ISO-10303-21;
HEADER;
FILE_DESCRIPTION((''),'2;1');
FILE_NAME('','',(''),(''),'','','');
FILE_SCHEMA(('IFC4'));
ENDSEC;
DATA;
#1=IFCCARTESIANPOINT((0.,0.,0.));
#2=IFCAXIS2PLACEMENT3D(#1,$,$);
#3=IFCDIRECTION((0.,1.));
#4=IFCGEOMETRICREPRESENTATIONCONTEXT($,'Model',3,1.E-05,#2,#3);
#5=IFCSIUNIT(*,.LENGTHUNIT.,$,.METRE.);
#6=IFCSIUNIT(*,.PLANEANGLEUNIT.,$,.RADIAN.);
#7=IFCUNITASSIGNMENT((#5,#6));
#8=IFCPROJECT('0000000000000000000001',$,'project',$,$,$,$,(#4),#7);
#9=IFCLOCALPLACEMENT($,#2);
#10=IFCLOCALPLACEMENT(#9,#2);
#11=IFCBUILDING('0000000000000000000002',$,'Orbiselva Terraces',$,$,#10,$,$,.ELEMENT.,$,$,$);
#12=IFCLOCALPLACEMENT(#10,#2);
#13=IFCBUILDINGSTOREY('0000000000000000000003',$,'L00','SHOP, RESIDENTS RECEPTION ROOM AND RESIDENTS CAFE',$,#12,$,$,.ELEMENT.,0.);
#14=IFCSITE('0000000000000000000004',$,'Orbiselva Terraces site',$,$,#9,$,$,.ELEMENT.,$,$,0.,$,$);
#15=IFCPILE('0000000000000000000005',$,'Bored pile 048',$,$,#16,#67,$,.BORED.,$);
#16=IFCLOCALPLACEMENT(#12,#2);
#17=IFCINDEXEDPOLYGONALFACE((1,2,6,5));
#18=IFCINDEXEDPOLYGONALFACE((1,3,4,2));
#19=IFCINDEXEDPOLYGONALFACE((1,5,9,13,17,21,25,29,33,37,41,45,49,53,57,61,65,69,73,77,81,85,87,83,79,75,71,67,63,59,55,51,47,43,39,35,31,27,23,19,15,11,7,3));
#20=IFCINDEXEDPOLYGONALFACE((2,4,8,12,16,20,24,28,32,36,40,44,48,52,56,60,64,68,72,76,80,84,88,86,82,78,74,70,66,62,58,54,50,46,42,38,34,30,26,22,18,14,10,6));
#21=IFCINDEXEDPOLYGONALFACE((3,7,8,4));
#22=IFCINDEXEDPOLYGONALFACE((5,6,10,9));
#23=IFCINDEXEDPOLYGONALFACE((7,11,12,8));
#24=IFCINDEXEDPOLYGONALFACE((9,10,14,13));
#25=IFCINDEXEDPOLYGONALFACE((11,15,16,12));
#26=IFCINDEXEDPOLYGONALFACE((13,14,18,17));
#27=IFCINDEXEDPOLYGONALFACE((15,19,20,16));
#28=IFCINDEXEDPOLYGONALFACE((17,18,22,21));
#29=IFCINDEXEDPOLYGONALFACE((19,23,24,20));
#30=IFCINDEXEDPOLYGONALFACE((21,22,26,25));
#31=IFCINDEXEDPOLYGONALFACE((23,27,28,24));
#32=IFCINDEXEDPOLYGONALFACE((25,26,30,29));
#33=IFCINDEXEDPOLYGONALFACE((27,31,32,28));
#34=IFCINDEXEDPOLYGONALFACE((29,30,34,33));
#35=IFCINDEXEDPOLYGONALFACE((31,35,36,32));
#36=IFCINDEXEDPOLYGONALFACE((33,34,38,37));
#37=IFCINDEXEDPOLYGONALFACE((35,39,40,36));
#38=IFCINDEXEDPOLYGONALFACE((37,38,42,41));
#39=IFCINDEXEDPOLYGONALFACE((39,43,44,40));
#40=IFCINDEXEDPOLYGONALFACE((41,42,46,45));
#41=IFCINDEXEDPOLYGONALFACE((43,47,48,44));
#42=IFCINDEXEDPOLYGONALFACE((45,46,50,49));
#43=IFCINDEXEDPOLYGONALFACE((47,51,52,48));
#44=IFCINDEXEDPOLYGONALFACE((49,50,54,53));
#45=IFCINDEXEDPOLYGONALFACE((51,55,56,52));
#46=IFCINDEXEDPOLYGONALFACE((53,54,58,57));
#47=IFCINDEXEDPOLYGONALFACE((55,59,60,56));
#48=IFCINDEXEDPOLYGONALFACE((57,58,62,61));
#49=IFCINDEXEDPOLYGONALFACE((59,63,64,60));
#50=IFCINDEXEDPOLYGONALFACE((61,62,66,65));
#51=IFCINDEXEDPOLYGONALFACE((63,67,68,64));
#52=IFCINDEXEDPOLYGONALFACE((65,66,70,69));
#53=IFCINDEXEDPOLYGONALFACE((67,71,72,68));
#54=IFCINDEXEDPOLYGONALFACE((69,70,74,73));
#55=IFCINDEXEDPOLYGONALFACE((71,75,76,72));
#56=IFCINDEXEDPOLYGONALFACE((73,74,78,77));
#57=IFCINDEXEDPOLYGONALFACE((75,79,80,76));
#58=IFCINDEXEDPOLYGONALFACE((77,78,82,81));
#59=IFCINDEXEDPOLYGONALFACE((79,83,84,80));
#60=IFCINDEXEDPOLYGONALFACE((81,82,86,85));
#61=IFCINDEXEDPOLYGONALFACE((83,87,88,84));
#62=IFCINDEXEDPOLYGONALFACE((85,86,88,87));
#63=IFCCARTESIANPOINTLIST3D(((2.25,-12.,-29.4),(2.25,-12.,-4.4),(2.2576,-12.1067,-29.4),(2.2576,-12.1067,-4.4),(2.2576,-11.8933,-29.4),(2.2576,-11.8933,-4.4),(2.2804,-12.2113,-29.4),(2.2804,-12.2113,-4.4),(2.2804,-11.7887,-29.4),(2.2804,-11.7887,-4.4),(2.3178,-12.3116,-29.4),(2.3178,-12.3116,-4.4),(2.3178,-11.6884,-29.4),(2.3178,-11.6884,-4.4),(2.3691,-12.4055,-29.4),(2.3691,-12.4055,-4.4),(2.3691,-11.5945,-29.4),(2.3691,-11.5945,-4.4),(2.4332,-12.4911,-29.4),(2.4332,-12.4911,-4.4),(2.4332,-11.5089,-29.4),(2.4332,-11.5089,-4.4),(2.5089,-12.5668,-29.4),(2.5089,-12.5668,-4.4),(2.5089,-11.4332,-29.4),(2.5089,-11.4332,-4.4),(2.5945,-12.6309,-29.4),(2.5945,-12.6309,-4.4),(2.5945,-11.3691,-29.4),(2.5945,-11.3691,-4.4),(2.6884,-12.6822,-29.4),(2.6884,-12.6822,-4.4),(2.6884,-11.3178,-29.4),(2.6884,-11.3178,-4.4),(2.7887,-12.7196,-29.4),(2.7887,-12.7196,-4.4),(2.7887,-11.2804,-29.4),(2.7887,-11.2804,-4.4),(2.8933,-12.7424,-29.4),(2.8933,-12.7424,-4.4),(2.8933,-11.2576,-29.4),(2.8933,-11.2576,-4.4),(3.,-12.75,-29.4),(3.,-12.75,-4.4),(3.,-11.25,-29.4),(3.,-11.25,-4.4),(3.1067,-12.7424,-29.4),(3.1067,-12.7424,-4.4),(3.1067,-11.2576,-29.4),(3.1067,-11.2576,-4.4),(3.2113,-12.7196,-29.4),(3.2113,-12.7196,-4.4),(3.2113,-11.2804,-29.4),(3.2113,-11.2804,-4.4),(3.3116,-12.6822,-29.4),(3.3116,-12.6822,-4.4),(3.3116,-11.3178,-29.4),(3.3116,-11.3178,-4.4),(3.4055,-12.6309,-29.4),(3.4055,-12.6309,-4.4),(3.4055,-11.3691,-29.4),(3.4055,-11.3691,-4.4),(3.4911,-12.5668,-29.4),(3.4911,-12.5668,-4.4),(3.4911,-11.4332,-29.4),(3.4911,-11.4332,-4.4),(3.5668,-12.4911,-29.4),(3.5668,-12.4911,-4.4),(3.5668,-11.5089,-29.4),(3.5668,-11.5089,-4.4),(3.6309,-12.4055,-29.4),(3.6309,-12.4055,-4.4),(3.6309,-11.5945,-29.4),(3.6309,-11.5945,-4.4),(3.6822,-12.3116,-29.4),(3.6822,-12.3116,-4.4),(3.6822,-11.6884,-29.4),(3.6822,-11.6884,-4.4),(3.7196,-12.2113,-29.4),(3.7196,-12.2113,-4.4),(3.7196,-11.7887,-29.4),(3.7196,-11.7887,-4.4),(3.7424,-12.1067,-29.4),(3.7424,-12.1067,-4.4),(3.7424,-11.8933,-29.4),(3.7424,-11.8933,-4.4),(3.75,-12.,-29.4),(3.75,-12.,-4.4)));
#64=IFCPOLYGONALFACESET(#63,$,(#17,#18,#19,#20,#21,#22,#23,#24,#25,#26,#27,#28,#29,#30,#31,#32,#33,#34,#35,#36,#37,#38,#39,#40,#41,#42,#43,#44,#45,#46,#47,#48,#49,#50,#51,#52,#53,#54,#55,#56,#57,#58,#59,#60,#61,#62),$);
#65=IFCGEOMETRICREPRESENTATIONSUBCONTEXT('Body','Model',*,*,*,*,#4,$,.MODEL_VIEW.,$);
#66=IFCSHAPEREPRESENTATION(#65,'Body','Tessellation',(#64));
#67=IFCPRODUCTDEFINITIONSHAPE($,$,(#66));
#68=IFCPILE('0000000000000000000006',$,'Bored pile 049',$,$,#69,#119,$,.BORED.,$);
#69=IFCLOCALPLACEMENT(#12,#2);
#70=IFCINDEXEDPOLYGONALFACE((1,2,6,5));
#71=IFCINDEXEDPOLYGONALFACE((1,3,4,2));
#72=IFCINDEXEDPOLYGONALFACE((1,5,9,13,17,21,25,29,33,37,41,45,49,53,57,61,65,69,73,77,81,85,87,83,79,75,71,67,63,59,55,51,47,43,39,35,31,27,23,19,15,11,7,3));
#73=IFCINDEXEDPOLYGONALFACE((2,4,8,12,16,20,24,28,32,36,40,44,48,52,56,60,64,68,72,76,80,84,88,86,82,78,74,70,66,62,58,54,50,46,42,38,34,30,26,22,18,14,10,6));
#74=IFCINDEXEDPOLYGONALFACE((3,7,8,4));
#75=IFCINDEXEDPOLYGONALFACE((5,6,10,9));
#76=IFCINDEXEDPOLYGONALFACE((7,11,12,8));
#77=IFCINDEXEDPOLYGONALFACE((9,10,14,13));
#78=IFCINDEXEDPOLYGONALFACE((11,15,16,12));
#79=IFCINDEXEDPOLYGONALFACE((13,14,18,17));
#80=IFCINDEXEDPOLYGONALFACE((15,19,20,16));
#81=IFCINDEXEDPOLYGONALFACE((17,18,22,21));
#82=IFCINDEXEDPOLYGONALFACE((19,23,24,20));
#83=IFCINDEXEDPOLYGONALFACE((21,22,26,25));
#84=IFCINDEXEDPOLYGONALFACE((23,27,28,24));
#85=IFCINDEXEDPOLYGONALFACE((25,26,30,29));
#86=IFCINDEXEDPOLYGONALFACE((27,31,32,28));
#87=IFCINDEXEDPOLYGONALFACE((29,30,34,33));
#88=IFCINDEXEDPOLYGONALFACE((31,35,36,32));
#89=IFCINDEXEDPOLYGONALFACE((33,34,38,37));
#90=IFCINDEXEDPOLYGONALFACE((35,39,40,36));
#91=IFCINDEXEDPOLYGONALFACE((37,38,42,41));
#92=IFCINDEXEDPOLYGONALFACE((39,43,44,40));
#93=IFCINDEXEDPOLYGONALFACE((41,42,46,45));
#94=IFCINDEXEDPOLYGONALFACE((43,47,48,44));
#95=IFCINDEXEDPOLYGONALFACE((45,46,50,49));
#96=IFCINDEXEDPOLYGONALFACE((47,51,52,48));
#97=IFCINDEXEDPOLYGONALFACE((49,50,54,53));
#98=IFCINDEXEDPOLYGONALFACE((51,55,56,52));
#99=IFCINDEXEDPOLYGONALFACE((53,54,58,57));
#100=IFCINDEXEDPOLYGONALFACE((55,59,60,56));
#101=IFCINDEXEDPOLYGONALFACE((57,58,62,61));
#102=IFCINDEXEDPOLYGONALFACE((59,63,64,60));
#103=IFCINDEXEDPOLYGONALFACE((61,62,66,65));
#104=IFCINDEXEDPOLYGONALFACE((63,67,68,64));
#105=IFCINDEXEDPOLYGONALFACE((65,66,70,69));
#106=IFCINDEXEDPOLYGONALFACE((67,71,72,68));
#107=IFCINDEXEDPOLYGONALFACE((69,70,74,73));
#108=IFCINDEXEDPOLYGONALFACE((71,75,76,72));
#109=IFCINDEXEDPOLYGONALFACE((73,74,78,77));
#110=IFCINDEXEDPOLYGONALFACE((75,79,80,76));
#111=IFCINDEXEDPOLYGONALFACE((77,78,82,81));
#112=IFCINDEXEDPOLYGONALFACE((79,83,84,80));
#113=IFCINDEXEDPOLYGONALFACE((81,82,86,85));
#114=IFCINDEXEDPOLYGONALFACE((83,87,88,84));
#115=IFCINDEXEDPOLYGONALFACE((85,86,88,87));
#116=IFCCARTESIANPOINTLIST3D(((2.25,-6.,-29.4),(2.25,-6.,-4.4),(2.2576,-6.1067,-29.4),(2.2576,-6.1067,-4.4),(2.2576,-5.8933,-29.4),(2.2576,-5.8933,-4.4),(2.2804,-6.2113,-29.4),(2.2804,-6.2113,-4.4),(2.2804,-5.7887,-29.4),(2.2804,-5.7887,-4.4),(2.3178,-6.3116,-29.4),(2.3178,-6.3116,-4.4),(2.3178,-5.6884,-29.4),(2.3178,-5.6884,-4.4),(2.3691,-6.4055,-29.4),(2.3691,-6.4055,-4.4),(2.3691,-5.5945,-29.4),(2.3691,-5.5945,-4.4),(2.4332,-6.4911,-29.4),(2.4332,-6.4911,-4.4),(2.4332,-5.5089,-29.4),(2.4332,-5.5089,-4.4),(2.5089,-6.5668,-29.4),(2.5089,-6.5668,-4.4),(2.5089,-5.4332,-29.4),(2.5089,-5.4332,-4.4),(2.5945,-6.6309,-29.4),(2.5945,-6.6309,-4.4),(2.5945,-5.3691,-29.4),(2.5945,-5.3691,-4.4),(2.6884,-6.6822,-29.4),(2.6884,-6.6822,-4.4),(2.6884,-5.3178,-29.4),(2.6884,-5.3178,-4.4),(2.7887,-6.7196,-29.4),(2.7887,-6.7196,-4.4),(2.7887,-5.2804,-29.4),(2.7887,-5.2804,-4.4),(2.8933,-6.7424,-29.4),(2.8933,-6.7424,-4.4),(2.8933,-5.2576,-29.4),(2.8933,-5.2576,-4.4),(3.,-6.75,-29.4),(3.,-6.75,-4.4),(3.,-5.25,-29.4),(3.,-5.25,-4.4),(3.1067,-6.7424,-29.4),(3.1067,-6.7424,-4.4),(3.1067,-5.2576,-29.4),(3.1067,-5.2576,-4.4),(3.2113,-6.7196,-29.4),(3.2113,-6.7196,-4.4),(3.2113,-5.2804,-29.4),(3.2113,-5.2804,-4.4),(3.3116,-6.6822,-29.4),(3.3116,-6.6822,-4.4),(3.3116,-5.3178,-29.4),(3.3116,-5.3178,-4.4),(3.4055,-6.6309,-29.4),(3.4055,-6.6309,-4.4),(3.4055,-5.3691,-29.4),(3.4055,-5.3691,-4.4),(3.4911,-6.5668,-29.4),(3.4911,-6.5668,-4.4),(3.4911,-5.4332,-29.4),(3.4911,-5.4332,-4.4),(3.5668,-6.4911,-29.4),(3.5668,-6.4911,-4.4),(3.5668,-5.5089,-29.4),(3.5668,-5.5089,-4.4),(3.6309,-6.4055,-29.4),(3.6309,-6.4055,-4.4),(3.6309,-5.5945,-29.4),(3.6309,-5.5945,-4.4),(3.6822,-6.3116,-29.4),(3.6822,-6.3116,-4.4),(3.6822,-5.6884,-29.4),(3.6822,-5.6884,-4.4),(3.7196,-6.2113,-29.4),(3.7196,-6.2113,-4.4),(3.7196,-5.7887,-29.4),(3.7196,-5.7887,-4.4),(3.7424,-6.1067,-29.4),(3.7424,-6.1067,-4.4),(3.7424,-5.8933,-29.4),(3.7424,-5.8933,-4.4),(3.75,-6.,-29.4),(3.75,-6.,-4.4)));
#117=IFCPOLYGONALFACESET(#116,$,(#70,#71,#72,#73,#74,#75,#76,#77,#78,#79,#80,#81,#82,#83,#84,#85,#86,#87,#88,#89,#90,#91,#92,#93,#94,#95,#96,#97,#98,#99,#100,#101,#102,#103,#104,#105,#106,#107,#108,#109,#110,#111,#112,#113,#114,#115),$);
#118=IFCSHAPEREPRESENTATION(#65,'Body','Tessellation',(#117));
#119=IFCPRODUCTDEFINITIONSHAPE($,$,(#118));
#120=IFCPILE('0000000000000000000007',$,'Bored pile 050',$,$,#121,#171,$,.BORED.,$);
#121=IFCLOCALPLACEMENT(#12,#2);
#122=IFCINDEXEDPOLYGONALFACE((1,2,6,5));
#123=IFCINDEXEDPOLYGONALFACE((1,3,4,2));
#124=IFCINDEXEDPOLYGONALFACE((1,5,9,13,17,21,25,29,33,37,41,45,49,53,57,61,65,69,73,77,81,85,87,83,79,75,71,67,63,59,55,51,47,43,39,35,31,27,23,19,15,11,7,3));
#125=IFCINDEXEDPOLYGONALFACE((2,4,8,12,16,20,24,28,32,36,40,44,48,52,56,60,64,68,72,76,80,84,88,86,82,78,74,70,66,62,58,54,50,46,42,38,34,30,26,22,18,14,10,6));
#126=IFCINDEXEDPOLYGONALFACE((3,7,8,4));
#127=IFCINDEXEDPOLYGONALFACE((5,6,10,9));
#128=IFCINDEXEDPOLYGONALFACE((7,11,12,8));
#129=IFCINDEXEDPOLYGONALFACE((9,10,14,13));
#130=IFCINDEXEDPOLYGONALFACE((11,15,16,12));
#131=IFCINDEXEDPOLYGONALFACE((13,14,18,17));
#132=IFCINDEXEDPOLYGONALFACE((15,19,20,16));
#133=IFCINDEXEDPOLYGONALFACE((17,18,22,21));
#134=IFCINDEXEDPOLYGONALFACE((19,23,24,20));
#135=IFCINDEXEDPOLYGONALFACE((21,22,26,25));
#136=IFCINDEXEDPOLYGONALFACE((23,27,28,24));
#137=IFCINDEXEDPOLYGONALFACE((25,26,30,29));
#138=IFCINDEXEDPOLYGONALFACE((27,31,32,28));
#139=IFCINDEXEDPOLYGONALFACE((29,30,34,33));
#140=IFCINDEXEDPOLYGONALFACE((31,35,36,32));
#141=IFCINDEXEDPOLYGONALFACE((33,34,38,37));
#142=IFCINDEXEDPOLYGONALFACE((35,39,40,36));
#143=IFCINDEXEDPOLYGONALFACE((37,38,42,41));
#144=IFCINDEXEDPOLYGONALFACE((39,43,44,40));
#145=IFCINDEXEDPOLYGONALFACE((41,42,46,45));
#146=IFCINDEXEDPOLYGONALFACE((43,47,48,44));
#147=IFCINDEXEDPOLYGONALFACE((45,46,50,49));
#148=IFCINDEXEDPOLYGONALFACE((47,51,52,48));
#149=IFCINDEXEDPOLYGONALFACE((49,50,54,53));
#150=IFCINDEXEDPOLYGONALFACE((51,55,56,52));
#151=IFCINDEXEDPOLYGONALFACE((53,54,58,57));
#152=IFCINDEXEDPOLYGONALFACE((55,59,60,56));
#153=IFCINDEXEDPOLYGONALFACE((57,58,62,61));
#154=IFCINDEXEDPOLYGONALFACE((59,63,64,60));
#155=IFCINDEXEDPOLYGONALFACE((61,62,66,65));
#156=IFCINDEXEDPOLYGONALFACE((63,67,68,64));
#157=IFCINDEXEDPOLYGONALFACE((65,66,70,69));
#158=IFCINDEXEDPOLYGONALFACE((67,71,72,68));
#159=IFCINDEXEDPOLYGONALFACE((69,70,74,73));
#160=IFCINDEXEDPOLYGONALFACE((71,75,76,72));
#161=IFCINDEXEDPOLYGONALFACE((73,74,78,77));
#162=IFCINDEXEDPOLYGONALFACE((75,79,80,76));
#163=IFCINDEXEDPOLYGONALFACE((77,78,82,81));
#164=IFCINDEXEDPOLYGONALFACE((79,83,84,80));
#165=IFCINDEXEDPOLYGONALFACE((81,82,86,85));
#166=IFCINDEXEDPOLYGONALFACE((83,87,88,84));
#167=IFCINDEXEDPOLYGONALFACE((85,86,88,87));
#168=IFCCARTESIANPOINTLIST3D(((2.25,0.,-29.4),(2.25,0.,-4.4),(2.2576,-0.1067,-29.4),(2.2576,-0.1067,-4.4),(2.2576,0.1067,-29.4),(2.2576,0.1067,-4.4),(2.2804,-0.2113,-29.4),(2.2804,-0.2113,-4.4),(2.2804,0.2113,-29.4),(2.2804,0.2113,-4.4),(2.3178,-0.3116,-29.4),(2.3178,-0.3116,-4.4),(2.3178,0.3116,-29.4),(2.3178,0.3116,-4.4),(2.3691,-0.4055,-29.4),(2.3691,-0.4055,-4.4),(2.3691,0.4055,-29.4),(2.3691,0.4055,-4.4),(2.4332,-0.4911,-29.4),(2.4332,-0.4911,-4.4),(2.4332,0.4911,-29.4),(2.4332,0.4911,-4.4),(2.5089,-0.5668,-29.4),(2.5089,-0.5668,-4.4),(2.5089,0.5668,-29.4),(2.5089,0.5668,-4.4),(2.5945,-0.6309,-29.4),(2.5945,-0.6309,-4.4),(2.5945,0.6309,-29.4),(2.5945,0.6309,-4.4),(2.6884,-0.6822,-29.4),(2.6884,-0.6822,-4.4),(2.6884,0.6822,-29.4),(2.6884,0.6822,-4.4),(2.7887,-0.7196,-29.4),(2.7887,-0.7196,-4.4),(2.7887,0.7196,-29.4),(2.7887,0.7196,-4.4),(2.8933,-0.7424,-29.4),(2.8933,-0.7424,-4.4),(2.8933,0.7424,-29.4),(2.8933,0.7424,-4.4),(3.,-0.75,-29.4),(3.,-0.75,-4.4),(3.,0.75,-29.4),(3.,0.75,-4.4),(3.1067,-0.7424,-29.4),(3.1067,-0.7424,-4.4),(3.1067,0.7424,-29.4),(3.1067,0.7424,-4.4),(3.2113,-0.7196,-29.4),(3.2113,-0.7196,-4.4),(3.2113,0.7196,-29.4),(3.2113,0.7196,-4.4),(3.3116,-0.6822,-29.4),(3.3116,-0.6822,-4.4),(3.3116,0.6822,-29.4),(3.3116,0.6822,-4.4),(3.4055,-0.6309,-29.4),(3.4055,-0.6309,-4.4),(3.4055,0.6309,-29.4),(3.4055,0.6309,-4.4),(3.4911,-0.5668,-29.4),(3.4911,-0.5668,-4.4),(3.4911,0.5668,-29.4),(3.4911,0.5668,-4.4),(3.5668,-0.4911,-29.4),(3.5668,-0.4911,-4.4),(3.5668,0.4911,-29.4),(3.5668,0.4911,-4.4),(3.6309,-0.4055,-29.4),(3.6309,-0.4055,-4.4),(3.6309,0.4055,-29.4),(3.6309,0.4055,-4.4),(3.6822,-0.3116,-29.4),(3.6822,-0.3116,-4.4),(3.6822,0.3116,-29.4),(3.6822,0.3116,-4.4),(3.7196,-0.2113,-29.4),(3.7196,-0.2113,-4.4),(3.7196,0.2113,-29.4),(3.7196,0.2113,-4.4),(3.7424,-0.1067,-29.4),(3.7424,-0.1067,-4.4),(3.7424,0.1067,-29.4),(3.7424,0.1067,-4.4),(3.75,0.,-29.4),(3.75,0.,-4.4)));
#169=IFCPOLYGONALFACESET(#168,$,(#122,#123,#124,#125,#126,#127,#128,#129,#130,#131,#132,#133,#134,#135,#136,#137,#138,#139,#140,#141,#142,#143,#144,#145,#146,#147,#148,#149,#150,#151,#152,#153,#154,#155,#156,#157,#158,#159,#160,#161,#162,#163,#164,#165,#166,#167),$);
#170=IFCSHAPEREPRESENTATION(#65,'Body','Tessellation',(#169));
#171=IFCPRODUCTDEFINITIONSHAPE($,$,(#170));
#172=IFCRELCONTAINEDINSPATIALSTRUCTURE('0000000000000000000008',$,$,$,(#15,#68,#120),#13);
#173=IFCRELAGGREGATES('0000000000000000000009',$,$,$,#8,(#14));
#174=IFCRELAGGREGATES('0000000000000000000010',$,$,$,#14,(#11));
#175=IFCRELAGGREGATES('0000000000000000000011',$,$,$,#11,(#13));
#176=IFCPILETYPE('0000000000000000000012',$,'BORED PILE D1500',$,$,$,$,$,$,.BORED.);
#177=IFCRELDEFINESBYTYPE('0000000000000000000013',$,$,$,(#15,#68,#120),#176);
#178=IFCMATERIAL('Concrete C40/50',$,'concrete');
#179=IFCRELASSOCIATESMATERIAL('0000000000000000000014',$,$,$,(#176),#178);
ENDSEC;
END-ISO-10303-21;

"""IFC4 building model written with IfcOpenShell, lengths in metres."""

from ifc_helpers import new_model, si_unit, direction, frame, origin, origin_2d, place, context, subcontext, project, spatial, circle, extrude, material, material_profile, profile_set, type_object, element, save


model = new_model("IFC4")

# Units and contexts
model_context = context("Model", 3, precision=1e-05, world=origin(), true_north=direction((0.0, 1.0)))
body_context = subcontext(model_context, "Body", "Model", "MODEL_VIEW")
ifc_project = project(units=[si_unit("LENGTHUNIT", "METRE"), si_unit("PLANEANGLEUNIT", "RADIAN")], contexts=[model_context])

# Site, building, storey
site_placement = place(None, origin())
site = spatial("IfcSite", under=ifc_project, at=site_placement, Name="Orbiselva Terraces site", CompositionType="ELEMENT", RefElevation=0.0)
building_placement = place(site_placement, origin())
building = spatial("IfcBuilding", under=site, at=building_placement, Name="Orbiselva Terraces", CompositionType="ELEMENT")
storey_placement = place(building_placement, origin())
storey = spatial("IfcBuildingStorey", under=building, at=storey_placement, Name="L00", Description="SHOP, RESIDENTS RECEPTION ROOM AND RESIDENTS CAFE", CompositionType="ELEMENT", Elevation=0.0)

# Piles
ifc_material_1 = material(Name="Concrete C40/50", Category="concrete")
ifc_material_profile_1 = material_profile(ifc_material_1, circle(Radius=0.75, at=origin_2d()), Name="D1500")
ifc_profile_set_1 = profile_set([ifc_material_profile_1], Name="Concrete C40/50")
pile_type = type_object("IfcPileType", Name="BORED PILE D1500", PredefinedType="BORED", material=ifc_profile_set_1)
for number, where, z_axis, x_axis, name in (
    (1, (3.0, -12.0, -4.4), (0.0, 0.0, -1.0), (1.0, 0.0, 0.0), "Bored pile 048"),
    (2, (3.0, -6.0, -4.4), (0.0, 0.0, -1.0), (1.0, 0.0, 0.0), "Bored pile 049"),
    (3, (3.0, 0.0, -4.4), (0.0, 0.0, -1.0), (1.0, 0.0, 0.0), "Bored pile 050"),
):
    element("IfcPile", number, at=place(storey_placement, frame(where, z_axis=z_axis, x_axis=x_axis)), inside=storey, type_object=pile_type, Name=name, PredefinedType="BORED", context=body_context, shape_type="SweptSolid", body=[
        extrude(circle(Radius=0.75, at=origin_2d()), origin(), (0.0, 0.0, 1.0), 25.0),
    ])

save(model, "model.ifc")
